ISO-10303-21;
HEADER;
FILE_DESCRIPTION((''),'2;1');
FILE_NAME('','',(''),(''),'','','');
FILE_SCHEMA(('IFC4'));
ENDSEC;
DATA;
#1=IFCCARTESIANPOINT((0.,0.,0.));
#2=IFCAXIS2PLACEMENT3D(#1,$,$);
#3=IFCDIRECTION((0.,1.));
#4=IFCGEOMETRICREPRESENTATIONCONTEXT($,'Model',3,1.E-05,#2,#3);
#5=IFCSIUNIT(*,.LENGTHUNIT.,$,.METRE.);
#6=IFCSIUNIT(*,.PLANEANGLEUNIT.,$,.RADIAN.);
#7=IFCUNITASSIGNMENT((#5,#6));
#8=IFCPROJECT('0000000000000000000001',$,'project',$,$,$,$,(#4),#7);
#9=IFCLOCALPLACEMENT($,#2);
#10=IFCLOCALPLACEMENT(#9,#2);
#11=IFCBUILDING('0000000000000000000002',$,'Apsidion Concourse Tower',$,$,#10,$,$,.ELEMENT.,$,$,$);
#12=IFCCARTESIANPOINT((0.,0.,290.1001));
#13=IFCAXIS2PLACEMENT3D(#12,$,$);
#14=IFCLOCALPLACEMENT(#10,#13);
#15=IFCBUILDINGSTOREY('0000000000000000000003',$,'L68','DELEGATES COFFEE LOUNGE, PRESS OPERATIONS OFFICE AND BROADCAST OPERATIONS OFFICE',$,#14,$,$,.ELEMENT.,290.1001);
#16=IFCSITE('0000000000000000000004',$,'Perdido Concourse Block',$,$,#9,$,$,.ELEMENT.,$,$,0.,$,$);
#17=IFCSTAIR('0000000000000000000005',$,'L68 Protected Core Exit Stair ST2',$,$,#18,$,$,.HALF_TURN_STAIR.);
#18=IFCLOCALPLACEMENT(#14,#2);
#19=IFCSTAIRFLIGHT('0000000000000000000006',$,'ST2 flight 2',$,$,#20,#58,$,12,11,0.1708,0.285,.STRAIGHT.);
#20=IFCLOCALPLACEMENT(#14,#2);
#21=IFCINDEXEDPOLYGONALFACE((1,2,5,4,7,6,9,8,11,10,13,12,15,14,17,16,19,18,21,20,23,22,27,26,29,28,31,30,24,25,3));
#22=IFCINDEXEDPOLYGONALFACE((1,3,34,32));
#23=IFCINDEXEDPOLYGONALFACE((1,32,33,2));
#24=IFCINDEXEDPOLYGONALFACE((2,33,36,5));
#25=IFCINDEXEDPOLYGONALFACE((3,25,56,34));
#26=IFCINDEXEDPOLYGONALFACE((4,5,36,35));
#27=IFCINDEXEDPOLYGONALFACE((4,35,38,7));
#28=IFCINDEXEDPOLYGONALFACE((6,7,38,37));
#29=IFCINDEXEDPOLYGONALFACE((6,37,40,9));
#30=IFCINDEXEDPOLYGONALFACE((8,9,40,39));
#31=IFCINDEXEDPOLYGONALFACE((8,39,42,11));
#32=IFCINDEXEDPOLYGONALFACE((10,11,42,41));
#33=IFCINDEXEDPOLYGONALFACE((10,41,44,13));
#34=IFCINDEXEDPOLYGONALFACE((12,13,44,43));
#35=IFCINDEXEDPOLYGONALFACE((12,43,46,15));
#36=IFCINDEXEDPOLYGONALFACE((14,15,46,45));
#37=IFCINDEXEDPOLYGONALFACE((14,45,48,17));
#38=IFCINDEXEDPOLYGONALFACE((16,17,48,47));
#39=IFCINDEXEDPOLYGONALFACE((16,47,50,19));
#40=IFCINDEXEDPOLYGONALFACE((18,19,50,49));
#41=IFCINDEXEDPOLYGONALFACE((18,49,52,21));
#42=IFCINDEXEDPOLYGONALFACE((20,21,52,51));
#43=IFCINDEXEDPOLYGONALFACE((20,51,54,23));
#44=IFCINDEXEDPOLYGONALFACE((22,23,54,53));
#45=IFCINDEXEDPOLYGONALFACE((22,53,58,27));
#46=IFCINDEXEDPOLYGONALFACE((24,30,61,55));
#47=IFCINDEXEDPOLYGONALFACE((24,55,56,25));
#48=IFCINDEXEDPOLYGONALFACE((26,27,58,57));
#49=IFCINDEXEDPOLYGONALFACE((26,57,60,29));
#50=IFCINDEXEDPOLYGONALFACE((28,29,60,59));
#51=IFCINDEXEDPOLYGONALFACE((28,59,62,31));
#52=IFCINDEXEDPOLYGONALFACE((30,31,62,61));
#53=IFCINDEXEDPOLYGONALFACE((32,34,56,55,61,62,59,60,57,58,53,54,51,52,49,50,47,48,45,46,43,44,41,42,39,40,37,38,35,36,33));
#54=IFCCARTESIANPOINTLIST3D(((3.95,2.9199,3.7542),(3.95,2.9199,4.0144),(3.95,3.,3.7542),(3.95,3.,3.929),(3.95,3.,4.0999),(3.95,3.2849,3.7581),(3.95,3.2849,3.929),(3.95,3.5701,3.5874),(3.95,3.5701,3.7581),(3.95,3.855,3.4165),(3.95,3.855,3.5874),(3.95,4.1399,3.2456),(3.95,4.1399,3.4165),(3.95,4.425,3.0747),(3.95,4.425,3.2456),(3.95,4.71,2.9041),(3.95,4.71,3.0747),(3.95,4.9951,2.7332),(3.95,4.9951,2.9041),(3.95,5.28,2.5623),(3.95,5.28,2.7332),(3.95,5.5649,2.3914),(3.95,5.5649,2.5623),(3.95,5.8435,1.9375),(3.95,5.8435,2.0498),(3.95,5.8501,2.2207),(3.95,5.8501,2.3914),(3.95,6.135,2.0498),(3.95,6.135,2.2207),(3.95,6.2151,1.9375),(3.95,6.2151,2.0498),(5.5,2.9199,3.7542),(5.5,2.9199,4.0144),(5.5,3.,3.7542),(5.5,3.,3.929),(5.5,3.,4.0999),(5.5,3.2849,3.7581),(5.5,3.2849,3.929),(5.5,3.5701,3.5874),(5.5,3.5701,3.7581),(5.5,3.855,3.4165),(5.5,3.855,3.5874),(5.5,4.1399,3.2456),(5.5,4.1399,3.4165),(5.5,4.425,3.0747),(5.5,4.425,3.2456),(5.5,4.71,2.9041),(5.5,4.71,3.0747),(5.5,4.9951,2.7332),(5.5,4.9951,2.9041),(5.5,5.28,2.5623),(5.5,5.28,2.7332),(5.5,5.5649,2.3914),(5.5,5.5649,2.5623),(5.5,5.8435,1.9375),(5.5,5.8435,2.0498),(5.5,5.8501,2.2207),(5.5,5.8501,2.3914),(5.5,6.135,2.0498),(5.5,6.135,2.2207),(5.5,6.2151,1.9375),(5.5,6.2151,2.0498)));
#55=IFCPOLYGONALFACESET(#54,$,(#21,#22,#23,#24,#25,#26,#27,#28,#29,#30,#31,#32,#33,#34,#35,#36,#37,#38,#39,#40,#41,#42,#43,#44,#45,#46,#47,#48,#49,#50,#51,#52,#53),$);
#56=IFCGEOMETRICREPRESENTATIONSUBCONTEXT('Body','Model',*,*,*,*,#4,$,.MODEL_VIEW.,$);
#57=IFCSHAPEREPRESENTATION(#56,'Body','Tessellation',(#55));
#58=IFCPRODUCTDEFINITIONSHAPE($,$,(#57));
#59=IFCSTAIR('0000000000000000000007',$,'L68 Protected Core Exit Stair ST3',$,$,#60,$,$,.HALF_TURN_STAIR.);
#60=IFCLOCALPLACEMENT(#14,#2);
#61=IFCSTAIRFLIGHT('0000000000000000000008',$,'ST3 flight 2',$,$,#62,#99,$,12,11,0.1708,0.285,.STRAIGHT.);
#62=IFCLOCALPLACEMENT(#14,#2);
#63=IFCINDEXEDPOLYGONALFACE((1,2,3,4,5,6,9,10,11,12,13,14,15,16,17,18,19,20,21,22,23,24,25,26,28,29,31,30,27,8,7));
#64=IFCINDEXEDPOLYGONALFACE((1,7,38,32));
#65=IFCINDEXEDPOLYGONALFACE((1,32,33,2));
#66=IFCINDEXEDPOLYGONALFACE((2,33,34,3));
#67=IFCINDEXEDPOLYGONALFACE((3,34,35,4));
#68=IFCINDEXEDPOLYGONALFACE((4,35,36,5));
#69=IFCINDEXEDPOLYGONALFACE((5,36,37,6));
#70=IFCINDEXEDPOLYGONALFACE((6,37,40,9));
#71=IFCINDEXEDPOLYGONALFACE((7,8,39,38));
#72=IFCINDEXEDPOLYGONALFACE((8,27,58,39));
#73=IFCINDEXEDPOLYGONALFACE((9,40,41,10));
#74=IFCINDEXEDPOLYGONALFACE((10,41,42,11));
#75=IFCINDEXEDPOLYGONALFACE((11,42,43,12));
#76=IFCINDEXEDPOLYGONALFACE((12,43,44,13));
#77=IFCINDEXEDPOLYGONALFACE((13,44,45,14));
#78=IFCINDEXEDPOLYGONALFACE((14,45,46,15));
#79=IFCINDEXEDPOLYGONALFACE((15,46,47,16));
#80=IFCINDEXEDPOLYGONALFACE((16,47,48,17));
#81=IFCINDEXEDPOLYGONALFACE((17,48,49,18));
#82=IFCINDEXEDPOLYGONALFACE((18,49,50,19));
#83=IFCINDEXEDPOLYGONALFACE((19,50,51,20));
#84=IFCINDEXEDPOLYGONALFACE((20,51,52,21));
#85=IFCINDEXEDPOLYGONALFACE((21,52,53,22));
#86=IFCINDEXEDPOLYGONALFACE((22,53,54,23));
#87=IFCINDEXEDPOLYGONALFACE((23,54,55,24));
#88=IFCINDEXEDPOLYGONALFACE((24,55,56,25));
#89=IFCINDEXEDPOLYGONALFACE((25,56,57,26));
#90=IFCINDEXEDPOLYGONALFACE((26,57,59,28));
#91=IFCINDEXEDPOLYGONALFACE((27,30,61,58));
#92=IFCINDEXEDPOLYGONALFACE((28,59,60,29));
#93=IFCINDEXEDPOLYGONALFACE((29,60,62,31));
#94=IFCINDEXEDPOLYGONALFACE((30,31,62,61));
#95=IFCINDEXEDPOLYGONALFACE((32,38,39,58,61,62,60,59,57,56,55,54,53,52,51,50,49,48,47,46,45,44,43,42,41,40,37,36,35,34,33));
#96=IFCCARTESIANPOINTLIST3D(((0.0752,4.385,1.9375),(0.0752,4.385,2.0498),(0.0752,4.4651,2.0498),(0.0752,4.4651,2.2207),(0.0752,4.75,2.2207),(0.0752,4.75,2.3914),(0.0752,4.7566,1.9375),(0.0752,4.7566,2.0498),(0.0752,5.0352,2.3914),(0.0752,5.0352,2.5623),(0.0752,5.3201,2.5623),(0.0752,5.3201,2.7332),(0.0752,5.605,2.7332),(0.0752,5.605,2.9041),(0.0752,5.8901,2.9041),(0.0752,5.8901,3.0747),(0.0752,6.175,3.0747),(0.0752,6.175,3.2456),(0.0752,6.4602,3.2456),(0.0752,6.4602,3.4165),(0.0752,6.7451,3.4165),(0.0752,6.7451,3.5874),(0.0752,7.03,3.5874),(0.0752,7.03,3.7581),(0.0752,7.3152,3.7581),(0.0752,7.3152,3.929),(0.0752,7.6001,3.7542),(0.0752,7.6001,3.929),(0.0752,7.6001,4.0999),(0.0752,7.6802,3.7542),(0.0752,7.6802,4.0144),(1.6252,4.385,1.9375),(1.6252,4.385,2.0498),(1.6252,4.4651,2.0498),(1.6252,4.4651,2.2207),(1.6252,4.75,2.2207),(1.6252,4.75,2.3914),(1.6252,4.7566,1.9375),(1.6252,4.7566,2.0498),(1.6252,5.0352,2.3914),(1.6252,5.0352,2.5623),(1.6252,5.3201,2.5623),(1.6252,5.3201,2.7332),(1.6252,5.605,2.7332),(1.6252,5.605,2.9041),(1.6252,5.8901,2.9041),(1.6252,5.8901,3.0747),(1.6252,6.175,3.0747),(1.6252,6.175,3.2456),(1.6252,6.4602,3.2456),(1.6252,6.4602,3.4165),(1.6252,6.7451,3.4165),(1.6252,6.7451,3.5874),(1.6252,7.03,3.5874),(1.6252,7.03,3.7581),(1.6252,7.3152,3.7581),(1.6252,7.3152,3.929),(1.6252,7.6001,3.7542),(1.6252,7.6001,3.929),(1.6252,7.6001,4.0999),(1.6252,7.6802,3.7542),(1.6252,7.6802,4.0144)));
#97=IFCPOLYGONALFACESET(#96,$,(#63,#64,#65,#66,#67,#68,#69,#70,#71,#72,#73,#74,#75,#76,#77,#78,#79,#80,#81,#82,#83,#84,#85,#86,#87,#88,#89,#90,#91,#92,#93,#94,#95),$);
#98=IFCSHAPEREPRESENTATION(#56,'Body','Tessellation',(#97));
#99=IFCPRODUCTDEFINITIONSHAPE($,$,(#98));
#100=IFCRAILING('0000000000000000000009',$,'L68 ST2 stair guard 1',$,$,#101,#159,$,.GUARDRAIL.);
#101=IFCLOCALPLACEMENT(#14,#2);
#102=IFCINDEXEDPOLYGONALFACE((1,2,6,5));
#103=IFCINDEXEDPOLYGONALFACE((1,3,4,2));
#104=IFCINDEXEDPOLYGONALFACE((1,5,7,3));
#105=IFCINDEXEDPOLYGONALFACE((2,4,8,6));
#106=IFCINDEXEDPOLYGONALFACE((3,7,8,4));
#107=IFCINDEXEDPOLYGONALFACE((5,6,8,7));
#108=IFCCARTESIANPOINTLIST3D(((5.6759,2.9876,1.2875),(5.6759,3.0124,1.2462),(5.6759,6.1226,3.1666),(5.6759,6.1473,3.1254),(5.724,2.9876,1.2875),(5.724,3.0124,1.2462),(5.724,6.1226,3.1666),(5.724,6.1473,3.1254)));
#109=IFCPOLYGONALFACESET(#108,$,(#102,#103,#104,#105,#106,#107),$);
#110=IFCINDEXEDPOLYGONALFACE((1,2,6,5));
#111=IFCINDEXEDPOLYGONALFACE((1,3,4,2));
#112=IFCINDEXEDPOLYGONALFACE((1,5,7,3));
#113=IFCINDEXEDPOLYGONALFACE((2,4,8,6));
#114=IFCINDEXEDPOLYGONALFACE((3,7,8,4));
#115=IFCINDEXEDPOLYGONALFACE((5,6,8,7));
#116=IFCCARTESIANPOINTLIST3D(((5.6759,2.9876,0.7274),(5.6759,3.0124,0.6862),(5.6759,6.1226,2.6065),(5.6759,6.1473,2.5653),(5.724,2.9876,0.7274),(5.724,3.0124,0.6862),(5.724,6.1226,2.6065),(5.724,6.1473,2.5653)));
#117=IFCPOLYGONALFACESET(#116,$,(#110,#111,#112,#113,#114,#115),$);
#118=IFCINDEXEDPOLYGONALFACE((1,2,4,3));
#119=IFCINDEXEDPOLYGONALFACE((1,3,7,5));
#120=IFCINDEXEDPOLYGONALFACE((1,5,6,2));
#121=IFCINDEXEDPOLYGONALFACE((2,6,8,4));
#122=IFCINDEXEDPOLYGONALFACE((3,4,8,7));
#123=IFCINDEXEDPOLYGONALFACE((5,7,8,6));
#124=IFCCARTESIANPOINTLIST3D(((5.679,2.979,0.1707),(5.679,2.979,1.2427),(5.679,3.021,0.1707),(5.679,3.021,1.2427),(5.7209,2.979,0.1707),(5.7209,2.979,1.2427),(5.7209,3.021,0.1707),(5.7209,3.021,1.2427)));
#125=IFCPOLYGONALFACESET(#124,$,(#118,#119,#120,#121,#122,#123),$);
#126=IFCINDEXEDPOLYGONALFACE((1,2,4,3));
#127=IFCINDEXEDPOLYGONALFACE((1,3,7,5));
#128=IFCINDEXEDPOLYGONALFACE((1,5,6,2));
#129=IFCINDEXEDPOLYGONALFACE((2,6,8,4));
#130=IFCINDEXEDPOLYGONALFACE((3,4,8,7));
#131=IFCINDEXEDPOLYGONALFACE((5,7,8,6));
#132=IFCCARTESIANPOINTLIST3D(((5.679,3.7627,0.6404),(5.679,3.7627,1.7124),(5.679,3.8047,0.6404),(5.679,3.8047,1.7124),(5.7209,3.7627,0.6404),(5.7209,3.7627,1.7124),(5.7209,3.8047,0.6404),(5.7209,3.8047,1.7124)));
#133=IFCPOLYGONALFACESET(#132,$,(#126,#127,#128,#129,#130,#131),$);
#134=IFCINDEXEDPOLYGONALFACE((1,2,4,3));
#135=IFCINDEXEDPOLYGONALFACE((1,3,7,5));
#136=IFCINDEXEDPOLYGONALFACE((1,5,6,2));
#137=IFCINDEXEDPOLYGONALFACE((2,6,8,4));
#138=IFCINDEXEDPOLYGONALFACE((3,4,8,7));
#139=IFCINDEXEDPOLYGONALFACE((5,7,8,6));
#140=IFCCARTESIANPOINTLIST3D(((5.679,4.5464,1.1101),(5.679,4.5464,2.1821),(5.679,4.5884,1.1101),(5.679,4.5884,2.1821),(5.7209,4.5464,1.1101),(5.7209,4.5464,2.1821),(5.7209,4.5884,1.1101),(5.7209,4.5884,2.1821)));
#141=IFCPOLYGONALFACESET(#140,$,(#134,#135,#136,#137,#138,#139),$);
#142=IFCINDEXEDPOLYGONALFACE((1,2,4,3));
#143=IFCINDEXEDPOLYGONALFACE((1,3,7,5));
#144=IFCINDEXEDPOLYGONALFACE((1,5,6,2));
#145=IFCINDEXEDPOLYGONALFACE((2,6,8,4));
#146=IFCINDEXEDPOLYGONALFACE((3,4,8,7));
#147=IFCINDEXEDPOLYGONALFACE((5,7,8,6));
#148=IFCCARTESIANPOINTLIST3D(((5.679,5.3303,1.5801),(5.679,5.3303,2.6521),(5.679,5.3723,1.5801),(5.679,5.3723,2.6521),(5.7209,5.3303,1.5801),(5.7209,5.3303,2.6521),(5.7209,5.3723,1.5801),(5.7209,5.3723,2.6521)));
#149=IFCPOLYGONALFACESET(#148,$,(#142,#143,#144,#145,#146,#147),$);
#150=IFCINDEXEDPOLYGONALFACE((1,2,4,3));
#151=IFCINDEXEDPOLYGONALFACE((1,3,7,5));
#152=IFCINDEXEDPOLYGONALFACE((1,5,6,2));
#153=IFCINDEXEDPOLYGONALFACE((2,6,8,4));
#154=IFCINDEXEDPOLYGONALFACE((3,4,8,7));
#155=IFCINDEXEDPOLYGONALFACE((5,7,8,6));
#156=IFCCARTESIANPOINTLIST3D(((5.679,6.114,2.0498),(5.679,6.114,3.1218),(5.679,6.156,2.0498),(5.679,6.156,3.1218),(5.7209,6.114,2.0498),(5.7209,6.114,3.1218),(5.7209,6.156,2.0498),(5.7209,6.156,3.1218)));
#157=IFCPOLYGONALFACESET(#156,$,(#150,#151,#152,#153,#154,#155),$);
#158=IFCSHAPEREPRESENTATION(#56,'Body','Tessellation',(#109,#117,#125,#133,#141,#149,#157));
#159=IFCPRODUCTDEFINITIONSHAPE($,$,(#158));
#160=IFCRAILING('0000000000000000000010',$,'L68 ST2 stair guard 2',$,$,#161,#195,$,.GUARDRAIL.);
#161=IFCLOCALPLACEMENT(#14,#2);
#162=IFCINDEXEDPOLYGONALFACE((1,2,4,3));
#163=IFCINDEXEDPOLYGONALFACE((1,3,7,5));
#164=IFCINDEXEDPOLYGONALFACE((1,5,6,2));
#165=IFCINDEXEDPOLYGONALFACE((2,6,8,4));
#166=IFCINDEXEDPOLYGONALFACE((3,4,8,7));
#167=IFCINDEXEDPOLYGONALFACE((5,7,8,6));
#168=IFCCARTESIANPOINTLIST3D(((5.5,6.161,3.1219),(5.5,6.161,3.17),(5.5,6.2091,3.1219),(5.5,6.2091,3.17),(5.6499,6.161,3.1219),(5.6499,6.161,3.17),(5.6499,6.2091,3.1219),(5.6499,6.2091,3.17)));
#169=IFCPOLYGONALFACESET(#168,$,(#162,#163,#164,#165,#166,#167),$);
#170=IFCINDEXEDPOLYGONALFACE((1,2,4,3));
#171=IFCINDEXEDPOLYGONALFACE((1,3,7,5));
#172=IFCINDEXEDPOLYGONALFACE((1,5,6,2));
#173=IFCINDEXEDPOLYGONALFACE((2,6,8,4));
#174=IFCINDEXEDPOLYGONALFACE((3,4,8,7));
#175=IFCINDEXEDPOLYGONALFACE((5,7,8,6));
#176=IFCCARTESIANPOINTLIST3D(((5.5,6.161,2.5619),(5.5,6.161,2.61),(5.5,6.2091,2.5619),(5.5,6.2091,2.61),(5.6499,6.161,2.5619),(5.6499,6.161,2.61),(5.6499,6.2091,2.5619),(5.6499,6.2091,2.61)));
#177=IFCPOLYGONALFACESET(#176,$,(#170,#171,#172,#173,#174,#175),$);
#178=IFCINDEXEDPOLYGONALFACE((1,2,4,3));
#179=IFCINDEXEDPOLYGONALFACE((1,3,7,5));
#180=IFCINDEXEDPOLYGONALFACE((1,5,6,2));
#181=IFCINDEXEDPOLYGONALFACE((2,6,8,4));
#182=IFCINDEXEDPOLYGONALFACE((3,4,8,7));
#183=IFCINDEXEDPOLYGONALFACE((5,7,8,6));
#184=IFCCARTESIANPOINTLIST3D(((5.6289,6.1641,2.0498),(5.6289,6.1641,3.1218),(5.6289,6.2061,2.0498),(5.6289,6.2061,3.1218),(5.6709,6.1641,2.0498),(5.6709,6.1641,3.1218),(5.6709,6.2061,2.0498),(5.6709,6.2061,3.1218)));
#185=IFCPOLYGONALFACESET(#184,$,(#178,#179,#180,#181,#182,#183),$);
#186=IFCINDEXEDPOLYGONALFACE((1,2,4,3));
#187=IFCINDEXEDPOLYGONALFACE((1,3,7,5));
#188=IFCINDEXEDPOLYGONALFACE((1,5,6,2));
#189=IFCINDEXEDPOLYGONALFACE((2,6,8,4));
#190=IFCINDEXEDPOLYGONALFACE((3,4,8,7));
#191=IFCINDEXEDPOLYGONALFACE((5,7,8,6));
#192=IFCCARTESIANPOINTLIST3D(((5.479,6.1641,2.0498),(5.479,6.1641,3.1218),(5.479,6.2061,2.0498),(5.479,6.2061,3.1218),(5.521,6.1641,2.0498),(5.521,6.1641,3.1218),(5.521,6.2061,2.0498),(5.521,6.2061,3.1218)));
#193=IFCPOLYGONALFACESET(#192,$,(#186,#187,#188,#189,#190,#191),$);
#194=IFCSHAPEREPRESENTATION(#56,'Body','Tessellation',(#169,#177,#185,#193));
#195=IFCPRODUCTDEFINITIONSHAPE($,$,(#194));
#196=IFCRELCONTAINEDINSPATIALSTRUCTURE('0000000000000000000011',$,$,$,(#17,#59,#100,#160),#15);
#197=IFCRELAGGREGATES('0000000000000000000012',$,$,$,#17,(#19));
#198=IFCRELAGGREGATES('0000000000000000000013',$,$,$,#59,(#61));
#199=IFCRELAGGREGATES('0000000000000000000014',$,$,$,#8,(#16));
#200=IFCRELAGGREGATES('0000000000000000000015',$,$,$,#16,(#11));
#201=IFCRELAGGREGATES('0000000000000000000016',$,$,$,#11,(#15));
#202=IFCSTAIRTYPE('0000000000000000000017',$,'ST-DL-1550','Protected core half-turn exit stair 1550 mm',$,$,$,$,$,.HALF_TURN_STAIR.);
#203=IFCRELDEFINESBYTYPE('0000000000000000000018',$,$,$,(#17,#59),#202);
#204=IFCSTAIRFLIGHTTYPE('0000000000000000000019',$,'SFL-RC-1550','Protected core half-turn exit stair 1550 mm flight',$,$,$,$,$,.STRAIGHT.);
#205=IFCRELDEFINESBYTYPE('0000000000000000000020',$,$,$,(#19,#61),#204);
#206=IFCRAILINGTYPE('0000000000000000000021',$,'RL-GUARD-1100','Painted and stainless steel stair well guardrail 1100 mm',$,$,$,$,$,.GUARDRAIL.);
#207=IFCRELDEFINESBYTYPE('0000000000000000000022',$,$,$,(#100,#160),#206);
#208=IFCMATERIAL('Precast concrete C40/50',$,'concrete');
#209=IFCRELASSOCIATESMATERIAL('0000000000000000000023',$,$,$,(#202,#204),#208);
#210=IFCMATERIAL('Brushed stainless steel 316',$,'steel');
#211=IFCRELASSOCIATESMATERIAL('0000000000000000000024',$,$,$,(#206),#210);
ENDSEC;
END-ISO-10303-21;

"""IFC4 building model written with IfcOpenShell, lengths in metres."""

from ifc_helpers import new_model, si_unit, direction, frame, origin, origin_2d, place, context, subcontext, project, spatial, polyline, rectangle, outline, extrude, material, type_object, element, aggregate, save


model = new_model("IFC4")

# Units and contexts
model_context = context("Model", 3, precision=1e-05, world=origin(), true_north=direction((0.0, 1.0)))
body_context = subcontext(model_context, "Body", "Model", "MODEL_VIEW")
ifc_project = project(units=[si_unit("LENGTHUNIT", "METRE"), si_unit("PLANEANGLEUNIT", "RADIAN")], contexts=[model_context])

# Site, building, storey
site_placement = place(None, origin())
site = spatial("IfcSite", under=ifc_project, at=site_placement, Name="Perdido Concourse Block", CompositionType="ELEMENT", RefElevation=0.0)
building_placement = place(site_placement, origin())
building = spatial("IfcBuilding", under=site, at=building_placement, Name="Apsidion Concourse Tower", CompositionType="ELEMENT")
storey_placement = place(building_placement, frame((0.0, 0.0, 290.1001)))
storey = spatial("IfcBuildingStorey", under=building, at=storey_placement, Name="L68", Description="DELEGATES COFFEE LOUNGE, PRESS OPERATIONS OFFICE AND BROADCAST OPERATIONS OFFICE", CompositionType="ELEMENT", Elevation=290.1001)

# Shared definitions
ifc_material_1 = material(Name="Brushed stainless steel 316", Category="steel")

# Stair, stair flight
ifc_material_2 = material(Name="Precast concrete C40/50", Category="concrete")
stair_type = type_object("IfcStairType", Name="ST-DL-1550", Description="Protected core half-turn exit stair 1550 mm", PredefinedType="HALF_TURN_STAIR", material=ifc_material_2)
stair_1_placement = place(storey_placement, origin())
stair_1 = element("IfcStair", 1, at=stair_1_placement, inside=storey, type_object=stair_type, Name="L68 Protected Core Exit Stair ST2", PredefinedType="HALF_TURN_STAIR")
stair_flight_type = type_object("IfcStairFlightType", Name="SFL-RC-1550", Description="Protected core half-turn exit stair 1550 mm flight", PredefinedType="STRAIGHT", material=ifc_material_2)
stair_flight_1_placement = place(storey_placement, frame((4.7251, 6.135, 2.0498), z_axis=(0.0, 0.0, 1.0), x_axis=(0.0, -1.0, 0.0)))
stair_flight_1 = element("IfcStairFlight", 2, at=stair_flight_1_placement, type_object=stair_flight_type, Name="ST2 flight 2", NumberOfRisers=12, NumberOfTreads=11, PredefinedType="STRAIGHT", RiserHeight=0.1708, TreadLength=0.285, context=body_context, shape_type="SweptSolid", body=[
    extrude(outline(polyline([(-0.0801, -0.1123), (-0.0801, 0.0), (0.0, 0.0), (0.0, 0.1709), (0.2849, 0.1709), (0.2849, 0.3416), (0.5701, 0.3416), (0.5701, 0.5125), (0.855, 0.5125), (0.855, 0.6833), (1.1399, 0.6833), (1.1399, 0.8542), (1.425, 0.8542), (1.425, 1.0249), (1.71, 1.0249), (1.71, 1.1958), (1.9951, 1.1958), (1.9951, 1.3667), (2.28, 1.3667), (2.28, 1.5376), (2.5649, 1.5376), (2.5649, 1.7083), (2.8501, 1.7083), (2.8501, 1.8792), (3.135, 1.8792), (3.135, 2.05), (3.2151, 1.9646), (3.2151, 1.7043), (3.135, 1.7043), (0.2915, 0.0), (0.2915, -0.1123), (-0.0801, -0.1123)])), frame((0.0, 0.7749, 0.0), z_axis=(0.0, -1.0, 0.0), x_axis=(1.0, 0.0, 0.0)), (0.0, 0.0, 1.0), 1.55),
])
aggregate(stair_1, [stair_flight_1])

# Stair, stair flight
stair_2_placement = place(storey_placement, origin())
stair_2 = element("IfcStair", 3, at=stair_2_placement, inside=storey, type_object=stair_type, Name="L68 Protected Core Exit Stair ST3", PredefinedType="HALF_TURN_STAIR")
stair_flight_2_placement = place(storey_placement, frame((0.8501, 4.4651, 2.0498), z_axis=(0.0, 0.0, 1.0), x_axis=(0.0, 1.0, 0.0)))
stair_flight_2 = element("IfcStairFlight", 4, at=stair_flight_2_placement, type_object=stair_flight_type, Name="ST3 flight 2", NumberOfRisers=12, NumberOfTreads=11, PredefinedType="STRAIGHT", RiserHeight=0.1708, TreadLength=0.285, context=body_context, shape_type="SweptSolid", body=[
    extrude(outline(polyline([(-0.0801, -0.1123), (-0.0801, 0.0), (0.0, 0.0), (0.0, 0.1709), (0.2849, 0.1709), (0.2849, 0.3416), (0.5701, 0.3416), (0.5701, 0.5125), (0.855, 0.5125), (0.855, 0.6833), (1.1399, 0.6833), (1.1399, 0.8542), (1.425, 0.8542), (1.425, 1.0249), (1.71, 1.0249), (1.71, 1.1958), (1.9951, 1.1958), (1.9951, 1.3667), (2.28, 1.3667), (2.28, 1.5376), (2.5649, 1.5376), (2.5649, 1.7083), (2.8501, 1.7083), (2.8501, 1.8792), (3.135, 1.8792), (3.135, 2.05), (3.2151, 1.9646), (3.2151, 1.7043), (3.135, 1.7043), (0.2915, 0.0), (0.2915, -0.1123), (-0.0801, -0.1123)])), frame((0.0, 0.7749, 0.0), z_axis=(0.0, -1.0, 0.0), x_axis=(1.0, 0.0, 0.0)), (0.0, 0.0, 1.0), 1.55),
])
aggregate(stair_2, [stair_flight_2])

# Railings
railing_type_1 = type_object("IfcRailingType", Name="RL-GUARD-1100", Description="Painted and stainless steel stair well guardrail 1100 mm", PredefinedType="GUARDRAIL", material=ifc_material_1)
railing_1_placement = place(storey_placement, frame((5.7, 3.0, 0.1707)))
element("IfcRailing", 5, at=railing_1_placement, inside=storey, type_object=railing_type_1, Name="L68 ST2 stair guard 1", PredefinedType="GUARDRAIL", context=body_context, shape_type="SweptSolid", body=[
    extrude(rectangle(XDim=0.0481, YDim=0.0481, at=origin_2d()), frame((0.0, 0.0, 1.0962), z_axis=(0.0, 0.857717, 0.514122), x_axis=(-1.0, 0.0, 0.0)), (0.0, 0.0, 1.0), 3.655),
    extrude(rectangle(XDim=0.0481, YDim=0.0481, at=origin_2d()), frame((0.0, 0.0, 0.5361), z_axis=(0.0, 0.857717, 0.514122), x_axis=(-1.0, 0.0, 0.0)), (0.0, 0.0, 1.0), 3.655),
    extrude(rectangle(XDim=0.042, YDim=0.042, at=origin_2d()), origin(), (0.0, 0.0, 1.0), 1.072),
    extrude(rectangle(XDim=0.042, YDim=0.042, at=origin_2d()), frame((0.0, 0.7837, 0.4697)), (0.0, 0.0, 1.0), 1.072),
    extrude(rectangle(XDim=0.042, YDim=0.042, at=origin_2d()), frame((0.0, 1.5674, 0.9395)), (0.0, 0.0, 1.0), 1.072),
    extrude(rectangle(XDim=0.042, YDim=0.042, at=origin_2d()), frame((0.0, 2.3513, 1.4094)), (0.0, 0.0, 1.0), 1.072),
    extrude(rectangle(XDim=0.042, YDim=0.042, at=origin_2d()), frame((0.0, 3.135, 1.8792)), (0.0, 0.0, 1.0), 1.072),
])
railing_2_placement = place(storey_placement, frame((5.6499, 6.1851, 2.0498)))
element("IfcRailing", 6, at=railing_2_placement, inside=storey, type_object=railing_type_1, Name="L68 ST2 stair guard 2", PredefinedType="GUARDRAIL", context=body_context, shape_type="SweptSolid", body=[
    extrude(rectangle(XDim=0.0481, YDim=0.0481, at=origin_2d()), frame((0.0, 0.0, 1.0962), z_axis=(-1.0, 0.0, 0.0), x_axis=(0.0, -1.0, 0.0)), (0.0, 0.0, 1.0), 0.1499),
    extrude(rectangle(XDim=0.0481, YDim=0.0481, at=origin_2d()), frame((0.0, 0.0, 0.5361), z_axis=(-1.0, 0.0, 0.0), x_axis=(0.0, -1.0, 0.0)), (0.0, 0.0, 1.0), 0.1499),
    extrude(rectangle(XDim=0.042, YDim=0.042, at=origin_2d()), origin(), (0.0, 0.0, 1.0), 1.072),
    extrude(rectangle(XDim=0.042, YDim=0.042, at=origin_2d()), frame((-0.1499, 0.0, 0.0)), (0.0, 0.0, 1.0), 1.072),
])

save(model, "model.ifc")
